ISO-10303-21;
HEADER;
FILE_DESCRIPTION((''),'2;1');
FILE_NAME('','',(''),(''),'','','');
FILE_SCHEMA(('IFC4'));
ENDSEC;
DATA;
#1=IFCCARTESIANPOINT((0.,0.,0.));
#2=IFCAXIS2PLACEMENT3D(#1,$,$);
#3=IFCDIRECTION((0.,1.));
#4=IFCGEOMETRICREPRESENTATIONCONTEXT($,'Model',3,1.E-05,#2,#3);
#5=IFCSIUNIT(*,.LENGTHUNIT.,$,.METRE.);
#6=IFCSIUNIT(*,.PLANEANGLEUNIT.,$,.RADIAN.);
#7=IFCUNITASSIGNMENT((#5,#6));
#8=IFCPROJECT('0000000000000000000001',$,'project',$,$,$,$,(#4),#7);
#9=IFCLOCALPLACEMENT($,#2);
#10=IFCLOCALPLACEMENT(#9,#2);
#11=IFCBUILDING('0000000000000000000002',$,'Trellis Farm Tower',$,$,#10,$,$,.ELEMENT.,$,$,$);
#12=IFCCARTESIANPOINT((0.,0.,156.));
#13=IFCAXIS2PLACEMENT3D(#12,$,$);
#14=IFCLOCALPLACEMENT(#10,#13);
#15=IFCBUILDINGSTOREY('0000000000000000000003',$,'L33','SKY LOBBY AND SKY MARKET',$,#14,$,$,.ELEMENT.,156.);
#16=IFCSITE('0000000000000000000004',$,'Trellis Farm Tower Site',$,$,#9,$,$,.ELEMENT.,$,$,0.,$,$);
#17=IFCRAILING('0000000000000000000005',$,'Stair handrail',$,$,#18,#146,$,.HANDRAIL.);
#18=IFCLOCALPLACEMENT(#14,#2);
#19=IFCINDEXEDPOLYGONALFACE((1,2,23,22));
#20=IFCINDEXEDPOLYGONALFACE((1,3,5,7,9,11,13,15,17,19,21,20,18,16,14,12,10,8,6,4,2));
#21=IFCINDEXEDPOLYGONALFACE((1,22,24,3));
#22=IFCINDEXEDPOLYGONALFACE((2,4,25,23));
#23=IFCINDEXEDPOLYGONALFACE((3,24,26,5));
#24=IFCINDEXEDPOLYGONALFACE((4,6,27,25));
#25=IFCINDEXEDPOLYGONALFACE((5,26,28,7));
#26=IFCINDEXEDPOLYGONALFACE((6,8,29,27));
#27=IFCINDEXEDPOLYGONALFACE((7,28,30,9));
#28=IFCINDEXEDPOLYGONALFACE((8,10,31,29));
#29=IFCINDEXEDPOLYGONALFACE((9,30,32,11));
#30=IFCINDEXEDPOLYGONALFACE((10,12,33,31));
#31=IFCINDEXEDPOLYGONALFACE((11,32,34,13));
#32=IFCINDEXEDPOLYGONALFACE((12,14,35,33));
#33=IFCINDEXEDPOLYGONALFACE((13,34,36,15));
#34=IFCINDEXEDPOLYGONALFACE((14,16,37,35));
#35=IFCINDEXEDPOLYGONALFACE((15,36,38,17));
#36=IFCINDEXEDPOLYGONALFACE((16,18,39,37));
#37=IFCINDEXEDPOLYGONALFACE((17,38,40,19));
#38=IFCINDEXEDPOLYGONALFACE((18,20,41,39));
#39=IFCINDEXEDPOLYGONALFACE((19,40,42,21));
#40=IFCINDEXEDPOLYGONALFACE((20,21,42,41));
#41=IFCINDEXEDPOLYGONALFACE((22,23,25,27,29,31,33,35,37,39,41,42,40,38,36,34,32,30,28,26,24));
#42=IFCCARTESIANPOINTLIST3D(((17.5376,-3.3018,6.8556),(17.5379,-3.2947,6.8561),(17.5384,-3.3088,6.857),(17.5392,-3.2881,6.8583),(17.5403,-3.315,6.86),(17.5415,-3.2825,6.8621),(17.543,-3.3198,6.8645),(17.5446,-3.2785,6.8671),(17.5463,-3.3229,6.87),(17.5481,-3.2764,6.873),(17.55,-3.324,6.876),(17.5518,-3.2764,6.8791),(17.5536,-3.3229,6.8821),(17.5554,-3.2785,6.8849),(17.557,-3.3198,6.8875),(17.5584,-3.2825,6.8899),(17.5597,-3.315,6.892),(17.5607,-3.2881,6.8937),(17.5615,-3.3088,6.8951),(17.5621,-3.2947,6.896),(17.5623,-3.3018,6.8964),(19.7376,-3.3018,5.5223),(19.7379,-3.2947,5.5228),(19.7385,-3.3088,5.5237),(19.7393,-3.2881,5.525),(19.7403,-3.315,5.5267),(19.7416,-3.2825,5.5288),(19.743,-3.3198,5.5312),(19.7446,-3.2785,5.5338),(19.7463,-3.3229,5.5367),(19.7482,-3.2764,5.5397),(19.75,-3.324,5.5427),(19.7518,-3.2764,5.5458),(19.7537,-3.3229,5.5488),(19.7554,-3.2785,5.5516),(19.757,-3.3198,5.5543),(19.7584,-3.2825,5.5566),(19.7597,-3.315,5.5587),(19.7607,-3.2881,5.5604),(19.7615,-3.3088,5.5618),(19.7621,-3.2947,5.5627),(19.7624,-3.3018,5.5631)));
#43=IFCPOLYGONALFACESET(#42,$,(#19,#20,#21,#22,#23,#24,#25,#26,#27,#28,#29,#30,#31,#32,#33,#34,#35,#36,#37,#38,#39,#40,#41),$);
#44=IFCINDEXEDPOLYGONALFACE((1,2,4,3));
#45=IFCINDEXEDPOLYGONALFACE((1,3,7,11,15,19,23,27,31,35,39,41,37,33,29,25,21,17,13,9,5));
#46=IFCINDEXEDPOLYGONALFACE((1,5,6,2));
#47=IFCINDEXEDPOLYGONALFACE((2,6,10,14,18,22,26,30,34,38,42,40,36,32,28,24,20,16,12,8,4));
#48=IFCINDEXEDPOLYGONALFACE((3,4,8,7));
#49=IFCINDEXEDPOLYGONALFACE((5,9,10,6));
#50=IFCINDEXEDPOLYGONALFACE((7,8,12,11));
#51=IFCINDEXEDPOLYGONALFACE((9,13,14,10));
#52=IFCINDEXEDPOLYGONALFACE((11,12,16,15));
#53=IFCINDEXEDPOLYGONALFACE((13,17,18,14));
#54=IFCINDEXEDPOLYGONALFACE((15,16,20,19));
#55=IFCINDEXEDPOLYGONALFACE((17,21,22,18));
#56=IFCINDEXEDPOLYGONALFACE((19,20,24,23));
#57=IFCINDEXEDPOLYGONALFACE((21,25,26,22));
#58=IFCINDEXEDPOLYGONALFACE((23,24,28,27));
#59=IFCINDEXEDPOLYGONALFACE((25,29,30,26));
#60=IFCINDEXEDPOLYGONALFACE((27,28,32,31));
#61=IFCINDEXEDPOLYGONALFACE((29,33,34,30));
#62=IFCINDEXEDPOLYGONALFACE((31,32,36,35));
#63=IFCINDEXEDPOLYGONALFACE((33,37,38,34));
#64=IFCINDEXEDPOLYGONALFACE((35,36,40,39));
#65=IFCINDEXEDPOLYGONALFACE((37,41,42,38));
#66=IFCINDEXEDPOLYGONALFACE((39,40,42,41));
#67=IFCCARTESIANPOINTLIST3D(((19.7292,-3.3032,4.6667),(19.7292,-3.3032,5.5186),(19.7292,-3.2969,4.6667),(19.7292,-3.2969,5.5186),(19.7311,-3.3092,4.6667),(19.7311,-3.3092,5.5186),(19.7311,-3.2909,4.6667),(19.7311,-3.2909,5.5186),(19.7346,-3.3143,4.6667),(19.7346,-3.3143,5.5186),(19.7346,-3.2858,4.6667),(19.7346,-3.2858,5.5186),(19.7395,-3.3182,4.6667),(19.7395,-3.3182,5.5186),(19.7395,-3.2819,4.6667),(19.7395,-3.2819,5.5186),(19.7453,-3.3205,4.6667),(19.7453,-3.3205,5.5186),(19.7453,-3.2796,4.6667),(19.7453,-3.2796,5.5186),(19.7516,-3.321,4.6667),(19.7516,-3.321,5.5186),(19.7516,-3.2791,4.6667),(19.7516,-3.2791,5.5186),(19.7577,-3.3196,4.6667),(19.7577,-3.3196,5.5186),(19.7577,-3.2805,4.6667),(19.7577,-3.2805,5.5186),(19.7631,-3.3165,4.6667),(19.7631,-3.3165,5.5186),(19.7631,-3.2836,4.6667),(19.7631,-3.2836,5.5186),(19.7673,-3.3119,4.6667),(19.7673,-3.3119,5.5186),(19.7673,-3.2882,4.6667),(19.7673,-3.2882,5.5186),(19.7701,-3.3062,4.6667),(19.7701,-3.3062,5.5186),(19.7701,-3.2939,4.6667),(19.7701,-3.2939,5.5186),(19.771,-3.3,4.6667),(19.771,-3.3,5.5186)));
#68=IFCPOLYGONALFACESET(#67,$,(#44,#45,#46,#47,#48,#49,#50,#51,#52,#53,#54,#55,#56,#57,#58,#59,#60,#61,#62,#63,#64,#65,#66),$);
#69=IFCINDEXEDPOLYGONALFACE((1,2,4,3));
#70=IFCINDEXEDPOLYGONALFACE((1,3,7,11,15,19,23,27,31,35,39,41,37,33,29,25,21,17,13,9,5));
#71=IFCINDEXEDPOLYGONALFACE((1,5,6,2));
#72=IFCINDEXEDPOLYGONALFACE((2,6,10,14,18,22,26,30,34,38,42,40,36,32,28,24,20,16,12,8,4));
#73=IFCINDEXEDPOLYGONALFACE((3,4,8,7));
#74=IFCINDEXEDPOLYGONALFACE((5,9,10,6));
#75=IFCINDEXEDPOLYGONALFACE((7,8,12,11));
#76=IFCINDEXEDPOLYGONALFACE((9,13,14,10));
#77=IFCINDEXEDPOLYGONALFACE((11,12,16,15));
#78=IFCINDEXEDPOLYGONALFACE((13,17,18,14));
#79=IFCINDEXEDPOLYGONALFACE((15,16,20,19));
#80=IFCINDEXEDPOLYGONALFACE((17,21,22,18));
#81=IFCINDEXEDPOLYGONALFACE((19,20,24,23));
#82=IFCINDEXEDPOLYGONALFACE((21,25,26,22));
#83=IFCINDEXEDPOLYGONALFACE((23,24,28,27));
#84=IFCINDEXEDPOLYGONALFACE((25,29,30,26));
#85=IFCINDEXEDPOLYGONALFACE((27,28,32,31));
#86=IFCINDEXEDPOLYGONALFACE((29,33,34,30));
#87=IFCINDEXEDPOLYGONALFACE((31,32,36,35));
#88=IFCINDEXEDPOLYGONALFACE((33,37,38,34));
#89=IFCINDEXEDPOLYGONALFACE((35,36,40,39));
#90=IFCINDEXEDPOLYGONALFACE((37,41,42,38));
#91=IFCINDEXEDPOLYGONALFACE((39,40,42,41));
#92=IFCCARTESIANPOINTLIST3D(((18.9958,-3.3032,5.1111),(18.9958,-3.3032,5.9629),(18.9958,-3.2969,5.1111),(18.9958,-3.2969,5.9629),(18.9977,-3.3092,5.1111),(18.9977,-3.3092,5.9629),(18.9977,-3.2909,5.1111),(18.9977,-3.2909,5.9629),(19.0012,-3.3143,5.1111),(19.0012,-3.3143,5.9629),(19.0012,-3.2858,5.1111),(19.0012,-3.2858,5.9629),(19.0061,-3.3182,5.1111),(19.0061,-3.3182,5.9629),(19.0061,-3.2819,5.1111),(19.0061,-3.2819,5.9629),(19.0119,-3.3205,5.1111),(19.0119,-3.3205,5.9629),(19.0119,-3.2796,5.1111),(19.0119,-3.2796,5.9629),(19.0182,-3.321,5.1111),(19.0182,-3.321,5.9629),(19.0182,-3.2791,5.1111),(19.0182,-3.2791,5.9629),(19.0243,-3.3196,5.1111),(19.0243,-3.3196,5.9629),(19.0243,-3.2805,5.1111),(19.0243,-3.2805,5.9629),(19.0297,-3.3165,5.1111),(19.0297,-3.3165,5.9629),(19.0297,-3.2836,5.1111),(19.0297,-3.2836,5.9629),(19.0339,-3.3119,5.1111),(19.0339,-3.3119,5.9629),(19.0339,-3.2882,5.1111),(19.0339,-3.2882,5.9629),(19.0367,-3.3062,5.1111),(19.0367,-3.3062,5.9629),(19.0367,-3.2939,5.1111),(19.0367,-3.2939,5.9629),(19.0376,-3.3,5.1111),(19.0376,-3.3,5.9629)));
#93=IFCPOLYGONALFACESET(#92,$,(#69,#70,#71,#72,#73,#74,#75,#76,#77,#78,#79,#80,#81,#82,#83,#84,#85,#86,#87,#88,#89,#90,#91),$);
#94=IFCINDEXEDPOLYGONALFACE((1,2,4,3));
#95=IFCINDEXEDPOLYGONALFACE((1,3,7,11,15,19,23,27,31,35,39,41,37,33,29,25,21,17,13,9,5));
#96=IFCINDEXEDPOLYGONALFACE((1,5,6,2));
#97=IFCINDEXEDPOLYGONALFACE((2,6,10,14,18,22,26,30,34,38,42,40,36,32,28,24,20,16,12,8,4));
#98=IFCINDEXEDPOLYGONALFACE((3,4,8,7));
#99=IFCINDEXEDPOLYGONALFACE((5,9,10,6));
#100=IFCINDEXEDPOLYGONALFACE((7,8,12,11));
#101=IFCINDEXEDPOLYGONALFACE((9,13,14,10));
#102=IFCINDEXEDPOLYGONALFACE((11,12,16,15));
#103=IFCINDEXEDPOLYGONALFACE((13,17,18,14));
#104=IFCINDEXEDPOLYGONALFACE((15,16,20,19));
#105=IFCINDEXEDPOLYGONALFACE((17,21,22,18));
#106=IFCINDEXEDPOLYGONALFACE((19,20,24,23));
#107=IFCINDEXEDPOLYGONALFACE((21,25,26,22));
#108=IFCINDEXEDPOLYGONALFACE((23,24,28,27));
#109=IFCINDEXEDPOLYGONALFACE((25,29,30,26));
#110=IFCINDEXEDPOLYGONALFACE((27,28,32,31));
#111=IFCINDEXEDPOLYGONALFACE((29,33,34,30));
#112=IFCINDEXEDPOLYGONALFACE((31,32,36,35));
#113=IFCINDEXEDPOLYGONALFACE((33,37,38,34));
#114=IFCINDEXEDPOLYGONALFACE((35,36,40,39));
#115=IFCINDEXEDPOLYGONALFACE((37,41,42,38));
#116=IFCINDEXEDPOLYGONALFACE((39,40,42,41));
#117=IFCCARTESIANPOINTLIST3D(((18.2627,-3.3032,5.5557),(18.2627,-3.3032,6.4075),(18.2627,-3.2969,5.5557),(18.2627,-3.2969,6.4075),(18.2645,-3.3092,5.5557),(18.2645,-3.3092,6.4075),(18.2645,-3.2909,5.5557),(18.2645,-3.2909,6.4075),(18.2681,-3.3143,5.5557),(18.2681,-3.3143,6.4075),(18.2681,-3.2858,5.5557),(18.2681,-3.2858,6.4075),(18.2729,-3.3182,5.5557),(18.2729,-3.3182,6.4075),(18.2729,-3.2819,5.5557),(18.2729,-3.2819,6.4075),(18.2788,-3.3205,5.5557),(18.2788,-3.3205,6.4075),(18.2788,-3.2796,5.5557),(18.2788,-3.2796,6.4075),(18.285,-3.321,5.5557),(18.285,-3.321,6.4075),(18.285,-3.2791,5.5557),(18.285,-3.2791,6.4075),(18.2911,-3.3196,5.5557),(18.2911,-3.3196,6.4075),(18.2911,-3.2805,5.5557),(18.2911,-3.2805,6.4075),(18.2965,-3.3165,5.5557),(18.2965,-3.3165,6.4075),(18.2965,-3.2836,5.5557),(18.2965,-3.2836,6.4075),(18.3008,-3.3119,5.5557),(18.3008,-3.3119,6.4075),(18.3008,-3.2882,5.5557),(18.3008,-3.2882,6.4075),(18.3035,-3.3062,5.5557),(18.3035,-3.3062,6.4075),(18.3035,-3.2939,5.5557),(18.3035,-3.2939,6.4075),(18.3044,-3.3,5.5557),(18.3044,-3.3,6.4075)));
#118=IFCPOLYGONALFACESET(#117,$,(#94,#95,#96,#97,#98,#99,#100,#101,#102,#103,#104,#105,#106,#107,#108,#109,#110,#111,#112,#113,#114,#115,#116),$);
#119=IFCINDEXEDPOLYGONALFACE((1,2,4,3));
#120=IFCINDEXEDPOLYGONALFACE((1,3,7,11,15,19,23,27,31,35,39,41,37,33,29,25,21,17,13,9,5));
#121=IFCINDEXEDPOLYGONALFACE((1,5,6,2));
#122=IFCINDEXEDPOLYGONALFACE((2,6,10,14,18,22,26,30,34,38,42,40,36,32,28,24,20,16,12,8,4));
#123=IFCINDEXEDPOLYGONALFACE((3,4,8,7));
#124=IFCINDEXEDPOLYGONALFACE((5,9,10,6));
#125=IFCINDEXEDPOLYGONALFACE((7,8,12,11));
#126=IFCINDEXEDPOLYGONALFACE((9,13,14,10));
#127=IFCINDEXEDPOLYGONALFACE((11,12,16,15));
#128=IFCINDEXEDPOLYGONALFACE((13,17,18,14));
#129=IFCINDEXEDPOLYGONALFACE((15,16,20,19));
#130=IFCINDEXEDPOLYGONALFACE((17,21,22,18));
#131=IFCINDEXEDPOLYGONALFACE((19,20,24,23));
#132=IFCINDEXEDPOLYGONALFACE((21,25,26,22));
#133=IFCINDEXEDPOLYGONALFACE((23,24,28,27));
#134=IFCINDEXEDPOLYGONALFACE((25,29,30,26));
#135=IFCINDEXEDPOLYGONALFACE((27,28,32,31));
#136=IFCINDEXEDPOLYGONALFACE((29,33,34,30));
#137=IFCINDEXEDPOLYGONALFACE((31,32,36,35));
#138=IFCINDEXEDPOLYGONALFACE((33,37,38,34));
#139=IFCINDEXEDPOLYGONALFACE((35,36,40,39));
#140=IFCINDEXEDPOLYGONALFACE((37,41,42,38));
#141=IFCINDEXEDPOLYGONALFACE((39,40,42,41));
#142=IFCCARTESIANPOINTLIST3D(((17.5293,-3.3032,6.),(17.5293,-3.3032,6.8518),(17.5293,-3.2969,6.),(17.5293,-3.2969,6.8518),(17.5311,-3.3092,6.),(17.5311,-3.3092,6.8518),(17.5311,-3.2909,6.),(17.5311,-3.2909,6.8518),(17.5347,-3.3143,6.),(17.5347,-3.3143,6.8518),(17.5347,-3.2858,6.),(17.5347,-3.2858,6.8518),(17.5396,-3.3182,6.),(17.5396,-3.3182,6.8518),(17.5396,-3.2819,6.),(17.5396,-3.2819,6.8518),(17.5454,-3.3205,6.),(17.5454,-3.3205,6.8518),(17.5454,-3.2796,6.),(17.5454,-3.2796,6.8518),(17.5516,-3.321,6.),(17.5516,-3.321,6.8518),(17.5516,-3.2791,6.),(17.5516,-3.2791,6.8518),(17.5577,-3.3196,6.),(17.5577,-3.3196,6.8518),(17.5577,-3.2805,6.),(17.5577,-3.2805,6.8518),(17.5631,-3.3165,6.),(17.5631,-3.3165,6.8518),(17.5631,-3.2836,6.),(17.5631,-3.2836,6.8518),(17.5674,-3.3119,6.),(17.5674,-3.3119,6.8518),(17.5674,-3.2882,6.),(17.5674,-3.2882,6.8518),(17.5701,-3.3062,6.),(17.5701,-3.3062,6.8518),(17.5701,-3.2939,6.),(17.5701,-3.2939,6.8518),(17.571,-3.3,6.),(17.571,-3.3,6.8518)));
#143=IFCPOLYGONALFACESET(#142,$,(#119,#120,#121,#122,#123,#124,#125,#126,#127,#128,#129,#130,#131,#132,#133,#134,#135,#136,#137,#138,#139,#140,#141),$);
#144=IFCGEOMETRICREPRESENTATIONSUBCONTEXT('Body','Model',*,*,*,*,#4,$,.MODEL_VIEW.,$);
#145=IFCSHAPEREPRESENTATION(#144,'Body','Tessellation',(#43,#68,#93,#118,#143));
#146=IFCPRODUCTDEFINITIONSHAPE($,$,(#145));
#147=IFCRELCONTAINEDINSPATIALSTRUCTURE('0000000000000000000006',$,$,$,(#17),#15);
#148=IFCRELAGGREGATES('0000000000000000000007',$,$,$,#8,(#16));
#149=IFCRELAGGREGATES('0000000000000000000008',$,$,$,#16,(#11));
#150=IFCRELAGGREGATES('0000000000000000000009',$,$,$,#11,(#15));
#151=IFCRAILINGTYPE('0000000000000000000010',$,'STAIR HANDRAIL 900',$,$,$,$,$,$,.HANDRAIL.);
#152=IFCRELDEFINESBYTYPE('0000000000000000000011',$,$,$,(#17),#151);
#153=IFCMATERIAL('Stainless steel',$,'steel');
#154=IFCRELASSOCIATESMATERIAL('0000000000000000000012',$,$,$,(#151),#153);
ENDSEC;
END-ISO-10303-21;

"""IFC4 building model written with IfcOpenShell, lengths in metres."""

from ifc_helpers import new_model, si_unit, direction, frame, origin, origin_2d, place, context, subcontext, project, spatial, circle, extrude, source, transform, mapped, material, type_object, element, save


model = new_model("IFC4")

# Units and contexts
model_context = context("Model", 3, precision=1e-05, world=origin(), true_north=direction((0.0, 1.0)))
body_context = subcontext(model_context, "Body", "Model", "MODEL_VIEW")
ifc_project = project(units=[si_unit("LENGTHUNIT", "METRE"), si_unit("PLANEANGLEUNIT", "RADIAN")], contexts=[model_context])

# Site, building, storey
site_placement = place(None, origin())
site = spatial("IfcSite", under=ifc_project, at=site_placement, Name="Trellis Farm Tower Site", CompositionType="ELEMENT", RefElevation=0.0)
building_placement = place(site_placement, origin())
building = spatial("IfcBuilding", under=site, at=building_placement, Name="Trellis Farm Tower", CompositionType="ELEMENT")
storey_placement = place(building_placement, frame((0.0, 0.0, 156.0)))
storey = spatial("IfcBuildingStorey", under=building, at=storey_placement, Name="L33", Description="SKY LOBBY AND SKY MARKET", CompositionType="ELEMENT", Elevation=156.0)

# Shared definitions
ifc_material_1 = material(Name="Stainless steel", Category="steel")

# Railing
railing_type = type_object("IfcRailingType", Name="STAIR HANDRAIL 900", PredefinedType="HANDRAIL", material=ifc_material_1)
shared_shape_1 = source(origin(), body_context, "Body", "SweptSolid", [
    extrude(circle(Radius=0.0239, at=origin_2d()), frame((0.0, 0.0, 0.876), z_axis=(-0.855207, 0.0, 0.518287), x_axis=(0.0, -1.0, 0.0)), (0.0, 0.0, 1.0), 2.5725),
    extrude(circle(Radius=0.021, at=origin_2d()), origin(), (0.0, 0.0, 1.0), 0.8518),
    extrude(circle(Radius=0.021, at=origin_2d()), frame((-0.7334, 0.0, 0.4443)), (0.0, 0.0, 1.0), 0.8518),
    extrude(circle(Radius=0.021, at=origin_2d()), frame((-1.4666, 0.0, 0.8889)), (0.0, 0.0, 1.0), 0.8518),
    extrude(circle(Radius=0.021, at=origin_2d()), frame((-2.2, 0.0, 1.3333)), (0.0, 0.0, 1.0), 0.8518),
])
for number, where, name in (
    (1, (19.75, -3.3, 4.6667), "Stair handrail"),
):
    element("IfcRailing", number, at=place(storey_placement, frame(where)), inside=storey, type_object=railing_type, Name=name, PredefinedType="HANDRAIL", context=body_context, shape_type="MappedRepresentation", body=[
        mapped(shared_shape_1, transform((0.0, 0.0, 0.0))),
    ])

save(model, "model.ifc")
